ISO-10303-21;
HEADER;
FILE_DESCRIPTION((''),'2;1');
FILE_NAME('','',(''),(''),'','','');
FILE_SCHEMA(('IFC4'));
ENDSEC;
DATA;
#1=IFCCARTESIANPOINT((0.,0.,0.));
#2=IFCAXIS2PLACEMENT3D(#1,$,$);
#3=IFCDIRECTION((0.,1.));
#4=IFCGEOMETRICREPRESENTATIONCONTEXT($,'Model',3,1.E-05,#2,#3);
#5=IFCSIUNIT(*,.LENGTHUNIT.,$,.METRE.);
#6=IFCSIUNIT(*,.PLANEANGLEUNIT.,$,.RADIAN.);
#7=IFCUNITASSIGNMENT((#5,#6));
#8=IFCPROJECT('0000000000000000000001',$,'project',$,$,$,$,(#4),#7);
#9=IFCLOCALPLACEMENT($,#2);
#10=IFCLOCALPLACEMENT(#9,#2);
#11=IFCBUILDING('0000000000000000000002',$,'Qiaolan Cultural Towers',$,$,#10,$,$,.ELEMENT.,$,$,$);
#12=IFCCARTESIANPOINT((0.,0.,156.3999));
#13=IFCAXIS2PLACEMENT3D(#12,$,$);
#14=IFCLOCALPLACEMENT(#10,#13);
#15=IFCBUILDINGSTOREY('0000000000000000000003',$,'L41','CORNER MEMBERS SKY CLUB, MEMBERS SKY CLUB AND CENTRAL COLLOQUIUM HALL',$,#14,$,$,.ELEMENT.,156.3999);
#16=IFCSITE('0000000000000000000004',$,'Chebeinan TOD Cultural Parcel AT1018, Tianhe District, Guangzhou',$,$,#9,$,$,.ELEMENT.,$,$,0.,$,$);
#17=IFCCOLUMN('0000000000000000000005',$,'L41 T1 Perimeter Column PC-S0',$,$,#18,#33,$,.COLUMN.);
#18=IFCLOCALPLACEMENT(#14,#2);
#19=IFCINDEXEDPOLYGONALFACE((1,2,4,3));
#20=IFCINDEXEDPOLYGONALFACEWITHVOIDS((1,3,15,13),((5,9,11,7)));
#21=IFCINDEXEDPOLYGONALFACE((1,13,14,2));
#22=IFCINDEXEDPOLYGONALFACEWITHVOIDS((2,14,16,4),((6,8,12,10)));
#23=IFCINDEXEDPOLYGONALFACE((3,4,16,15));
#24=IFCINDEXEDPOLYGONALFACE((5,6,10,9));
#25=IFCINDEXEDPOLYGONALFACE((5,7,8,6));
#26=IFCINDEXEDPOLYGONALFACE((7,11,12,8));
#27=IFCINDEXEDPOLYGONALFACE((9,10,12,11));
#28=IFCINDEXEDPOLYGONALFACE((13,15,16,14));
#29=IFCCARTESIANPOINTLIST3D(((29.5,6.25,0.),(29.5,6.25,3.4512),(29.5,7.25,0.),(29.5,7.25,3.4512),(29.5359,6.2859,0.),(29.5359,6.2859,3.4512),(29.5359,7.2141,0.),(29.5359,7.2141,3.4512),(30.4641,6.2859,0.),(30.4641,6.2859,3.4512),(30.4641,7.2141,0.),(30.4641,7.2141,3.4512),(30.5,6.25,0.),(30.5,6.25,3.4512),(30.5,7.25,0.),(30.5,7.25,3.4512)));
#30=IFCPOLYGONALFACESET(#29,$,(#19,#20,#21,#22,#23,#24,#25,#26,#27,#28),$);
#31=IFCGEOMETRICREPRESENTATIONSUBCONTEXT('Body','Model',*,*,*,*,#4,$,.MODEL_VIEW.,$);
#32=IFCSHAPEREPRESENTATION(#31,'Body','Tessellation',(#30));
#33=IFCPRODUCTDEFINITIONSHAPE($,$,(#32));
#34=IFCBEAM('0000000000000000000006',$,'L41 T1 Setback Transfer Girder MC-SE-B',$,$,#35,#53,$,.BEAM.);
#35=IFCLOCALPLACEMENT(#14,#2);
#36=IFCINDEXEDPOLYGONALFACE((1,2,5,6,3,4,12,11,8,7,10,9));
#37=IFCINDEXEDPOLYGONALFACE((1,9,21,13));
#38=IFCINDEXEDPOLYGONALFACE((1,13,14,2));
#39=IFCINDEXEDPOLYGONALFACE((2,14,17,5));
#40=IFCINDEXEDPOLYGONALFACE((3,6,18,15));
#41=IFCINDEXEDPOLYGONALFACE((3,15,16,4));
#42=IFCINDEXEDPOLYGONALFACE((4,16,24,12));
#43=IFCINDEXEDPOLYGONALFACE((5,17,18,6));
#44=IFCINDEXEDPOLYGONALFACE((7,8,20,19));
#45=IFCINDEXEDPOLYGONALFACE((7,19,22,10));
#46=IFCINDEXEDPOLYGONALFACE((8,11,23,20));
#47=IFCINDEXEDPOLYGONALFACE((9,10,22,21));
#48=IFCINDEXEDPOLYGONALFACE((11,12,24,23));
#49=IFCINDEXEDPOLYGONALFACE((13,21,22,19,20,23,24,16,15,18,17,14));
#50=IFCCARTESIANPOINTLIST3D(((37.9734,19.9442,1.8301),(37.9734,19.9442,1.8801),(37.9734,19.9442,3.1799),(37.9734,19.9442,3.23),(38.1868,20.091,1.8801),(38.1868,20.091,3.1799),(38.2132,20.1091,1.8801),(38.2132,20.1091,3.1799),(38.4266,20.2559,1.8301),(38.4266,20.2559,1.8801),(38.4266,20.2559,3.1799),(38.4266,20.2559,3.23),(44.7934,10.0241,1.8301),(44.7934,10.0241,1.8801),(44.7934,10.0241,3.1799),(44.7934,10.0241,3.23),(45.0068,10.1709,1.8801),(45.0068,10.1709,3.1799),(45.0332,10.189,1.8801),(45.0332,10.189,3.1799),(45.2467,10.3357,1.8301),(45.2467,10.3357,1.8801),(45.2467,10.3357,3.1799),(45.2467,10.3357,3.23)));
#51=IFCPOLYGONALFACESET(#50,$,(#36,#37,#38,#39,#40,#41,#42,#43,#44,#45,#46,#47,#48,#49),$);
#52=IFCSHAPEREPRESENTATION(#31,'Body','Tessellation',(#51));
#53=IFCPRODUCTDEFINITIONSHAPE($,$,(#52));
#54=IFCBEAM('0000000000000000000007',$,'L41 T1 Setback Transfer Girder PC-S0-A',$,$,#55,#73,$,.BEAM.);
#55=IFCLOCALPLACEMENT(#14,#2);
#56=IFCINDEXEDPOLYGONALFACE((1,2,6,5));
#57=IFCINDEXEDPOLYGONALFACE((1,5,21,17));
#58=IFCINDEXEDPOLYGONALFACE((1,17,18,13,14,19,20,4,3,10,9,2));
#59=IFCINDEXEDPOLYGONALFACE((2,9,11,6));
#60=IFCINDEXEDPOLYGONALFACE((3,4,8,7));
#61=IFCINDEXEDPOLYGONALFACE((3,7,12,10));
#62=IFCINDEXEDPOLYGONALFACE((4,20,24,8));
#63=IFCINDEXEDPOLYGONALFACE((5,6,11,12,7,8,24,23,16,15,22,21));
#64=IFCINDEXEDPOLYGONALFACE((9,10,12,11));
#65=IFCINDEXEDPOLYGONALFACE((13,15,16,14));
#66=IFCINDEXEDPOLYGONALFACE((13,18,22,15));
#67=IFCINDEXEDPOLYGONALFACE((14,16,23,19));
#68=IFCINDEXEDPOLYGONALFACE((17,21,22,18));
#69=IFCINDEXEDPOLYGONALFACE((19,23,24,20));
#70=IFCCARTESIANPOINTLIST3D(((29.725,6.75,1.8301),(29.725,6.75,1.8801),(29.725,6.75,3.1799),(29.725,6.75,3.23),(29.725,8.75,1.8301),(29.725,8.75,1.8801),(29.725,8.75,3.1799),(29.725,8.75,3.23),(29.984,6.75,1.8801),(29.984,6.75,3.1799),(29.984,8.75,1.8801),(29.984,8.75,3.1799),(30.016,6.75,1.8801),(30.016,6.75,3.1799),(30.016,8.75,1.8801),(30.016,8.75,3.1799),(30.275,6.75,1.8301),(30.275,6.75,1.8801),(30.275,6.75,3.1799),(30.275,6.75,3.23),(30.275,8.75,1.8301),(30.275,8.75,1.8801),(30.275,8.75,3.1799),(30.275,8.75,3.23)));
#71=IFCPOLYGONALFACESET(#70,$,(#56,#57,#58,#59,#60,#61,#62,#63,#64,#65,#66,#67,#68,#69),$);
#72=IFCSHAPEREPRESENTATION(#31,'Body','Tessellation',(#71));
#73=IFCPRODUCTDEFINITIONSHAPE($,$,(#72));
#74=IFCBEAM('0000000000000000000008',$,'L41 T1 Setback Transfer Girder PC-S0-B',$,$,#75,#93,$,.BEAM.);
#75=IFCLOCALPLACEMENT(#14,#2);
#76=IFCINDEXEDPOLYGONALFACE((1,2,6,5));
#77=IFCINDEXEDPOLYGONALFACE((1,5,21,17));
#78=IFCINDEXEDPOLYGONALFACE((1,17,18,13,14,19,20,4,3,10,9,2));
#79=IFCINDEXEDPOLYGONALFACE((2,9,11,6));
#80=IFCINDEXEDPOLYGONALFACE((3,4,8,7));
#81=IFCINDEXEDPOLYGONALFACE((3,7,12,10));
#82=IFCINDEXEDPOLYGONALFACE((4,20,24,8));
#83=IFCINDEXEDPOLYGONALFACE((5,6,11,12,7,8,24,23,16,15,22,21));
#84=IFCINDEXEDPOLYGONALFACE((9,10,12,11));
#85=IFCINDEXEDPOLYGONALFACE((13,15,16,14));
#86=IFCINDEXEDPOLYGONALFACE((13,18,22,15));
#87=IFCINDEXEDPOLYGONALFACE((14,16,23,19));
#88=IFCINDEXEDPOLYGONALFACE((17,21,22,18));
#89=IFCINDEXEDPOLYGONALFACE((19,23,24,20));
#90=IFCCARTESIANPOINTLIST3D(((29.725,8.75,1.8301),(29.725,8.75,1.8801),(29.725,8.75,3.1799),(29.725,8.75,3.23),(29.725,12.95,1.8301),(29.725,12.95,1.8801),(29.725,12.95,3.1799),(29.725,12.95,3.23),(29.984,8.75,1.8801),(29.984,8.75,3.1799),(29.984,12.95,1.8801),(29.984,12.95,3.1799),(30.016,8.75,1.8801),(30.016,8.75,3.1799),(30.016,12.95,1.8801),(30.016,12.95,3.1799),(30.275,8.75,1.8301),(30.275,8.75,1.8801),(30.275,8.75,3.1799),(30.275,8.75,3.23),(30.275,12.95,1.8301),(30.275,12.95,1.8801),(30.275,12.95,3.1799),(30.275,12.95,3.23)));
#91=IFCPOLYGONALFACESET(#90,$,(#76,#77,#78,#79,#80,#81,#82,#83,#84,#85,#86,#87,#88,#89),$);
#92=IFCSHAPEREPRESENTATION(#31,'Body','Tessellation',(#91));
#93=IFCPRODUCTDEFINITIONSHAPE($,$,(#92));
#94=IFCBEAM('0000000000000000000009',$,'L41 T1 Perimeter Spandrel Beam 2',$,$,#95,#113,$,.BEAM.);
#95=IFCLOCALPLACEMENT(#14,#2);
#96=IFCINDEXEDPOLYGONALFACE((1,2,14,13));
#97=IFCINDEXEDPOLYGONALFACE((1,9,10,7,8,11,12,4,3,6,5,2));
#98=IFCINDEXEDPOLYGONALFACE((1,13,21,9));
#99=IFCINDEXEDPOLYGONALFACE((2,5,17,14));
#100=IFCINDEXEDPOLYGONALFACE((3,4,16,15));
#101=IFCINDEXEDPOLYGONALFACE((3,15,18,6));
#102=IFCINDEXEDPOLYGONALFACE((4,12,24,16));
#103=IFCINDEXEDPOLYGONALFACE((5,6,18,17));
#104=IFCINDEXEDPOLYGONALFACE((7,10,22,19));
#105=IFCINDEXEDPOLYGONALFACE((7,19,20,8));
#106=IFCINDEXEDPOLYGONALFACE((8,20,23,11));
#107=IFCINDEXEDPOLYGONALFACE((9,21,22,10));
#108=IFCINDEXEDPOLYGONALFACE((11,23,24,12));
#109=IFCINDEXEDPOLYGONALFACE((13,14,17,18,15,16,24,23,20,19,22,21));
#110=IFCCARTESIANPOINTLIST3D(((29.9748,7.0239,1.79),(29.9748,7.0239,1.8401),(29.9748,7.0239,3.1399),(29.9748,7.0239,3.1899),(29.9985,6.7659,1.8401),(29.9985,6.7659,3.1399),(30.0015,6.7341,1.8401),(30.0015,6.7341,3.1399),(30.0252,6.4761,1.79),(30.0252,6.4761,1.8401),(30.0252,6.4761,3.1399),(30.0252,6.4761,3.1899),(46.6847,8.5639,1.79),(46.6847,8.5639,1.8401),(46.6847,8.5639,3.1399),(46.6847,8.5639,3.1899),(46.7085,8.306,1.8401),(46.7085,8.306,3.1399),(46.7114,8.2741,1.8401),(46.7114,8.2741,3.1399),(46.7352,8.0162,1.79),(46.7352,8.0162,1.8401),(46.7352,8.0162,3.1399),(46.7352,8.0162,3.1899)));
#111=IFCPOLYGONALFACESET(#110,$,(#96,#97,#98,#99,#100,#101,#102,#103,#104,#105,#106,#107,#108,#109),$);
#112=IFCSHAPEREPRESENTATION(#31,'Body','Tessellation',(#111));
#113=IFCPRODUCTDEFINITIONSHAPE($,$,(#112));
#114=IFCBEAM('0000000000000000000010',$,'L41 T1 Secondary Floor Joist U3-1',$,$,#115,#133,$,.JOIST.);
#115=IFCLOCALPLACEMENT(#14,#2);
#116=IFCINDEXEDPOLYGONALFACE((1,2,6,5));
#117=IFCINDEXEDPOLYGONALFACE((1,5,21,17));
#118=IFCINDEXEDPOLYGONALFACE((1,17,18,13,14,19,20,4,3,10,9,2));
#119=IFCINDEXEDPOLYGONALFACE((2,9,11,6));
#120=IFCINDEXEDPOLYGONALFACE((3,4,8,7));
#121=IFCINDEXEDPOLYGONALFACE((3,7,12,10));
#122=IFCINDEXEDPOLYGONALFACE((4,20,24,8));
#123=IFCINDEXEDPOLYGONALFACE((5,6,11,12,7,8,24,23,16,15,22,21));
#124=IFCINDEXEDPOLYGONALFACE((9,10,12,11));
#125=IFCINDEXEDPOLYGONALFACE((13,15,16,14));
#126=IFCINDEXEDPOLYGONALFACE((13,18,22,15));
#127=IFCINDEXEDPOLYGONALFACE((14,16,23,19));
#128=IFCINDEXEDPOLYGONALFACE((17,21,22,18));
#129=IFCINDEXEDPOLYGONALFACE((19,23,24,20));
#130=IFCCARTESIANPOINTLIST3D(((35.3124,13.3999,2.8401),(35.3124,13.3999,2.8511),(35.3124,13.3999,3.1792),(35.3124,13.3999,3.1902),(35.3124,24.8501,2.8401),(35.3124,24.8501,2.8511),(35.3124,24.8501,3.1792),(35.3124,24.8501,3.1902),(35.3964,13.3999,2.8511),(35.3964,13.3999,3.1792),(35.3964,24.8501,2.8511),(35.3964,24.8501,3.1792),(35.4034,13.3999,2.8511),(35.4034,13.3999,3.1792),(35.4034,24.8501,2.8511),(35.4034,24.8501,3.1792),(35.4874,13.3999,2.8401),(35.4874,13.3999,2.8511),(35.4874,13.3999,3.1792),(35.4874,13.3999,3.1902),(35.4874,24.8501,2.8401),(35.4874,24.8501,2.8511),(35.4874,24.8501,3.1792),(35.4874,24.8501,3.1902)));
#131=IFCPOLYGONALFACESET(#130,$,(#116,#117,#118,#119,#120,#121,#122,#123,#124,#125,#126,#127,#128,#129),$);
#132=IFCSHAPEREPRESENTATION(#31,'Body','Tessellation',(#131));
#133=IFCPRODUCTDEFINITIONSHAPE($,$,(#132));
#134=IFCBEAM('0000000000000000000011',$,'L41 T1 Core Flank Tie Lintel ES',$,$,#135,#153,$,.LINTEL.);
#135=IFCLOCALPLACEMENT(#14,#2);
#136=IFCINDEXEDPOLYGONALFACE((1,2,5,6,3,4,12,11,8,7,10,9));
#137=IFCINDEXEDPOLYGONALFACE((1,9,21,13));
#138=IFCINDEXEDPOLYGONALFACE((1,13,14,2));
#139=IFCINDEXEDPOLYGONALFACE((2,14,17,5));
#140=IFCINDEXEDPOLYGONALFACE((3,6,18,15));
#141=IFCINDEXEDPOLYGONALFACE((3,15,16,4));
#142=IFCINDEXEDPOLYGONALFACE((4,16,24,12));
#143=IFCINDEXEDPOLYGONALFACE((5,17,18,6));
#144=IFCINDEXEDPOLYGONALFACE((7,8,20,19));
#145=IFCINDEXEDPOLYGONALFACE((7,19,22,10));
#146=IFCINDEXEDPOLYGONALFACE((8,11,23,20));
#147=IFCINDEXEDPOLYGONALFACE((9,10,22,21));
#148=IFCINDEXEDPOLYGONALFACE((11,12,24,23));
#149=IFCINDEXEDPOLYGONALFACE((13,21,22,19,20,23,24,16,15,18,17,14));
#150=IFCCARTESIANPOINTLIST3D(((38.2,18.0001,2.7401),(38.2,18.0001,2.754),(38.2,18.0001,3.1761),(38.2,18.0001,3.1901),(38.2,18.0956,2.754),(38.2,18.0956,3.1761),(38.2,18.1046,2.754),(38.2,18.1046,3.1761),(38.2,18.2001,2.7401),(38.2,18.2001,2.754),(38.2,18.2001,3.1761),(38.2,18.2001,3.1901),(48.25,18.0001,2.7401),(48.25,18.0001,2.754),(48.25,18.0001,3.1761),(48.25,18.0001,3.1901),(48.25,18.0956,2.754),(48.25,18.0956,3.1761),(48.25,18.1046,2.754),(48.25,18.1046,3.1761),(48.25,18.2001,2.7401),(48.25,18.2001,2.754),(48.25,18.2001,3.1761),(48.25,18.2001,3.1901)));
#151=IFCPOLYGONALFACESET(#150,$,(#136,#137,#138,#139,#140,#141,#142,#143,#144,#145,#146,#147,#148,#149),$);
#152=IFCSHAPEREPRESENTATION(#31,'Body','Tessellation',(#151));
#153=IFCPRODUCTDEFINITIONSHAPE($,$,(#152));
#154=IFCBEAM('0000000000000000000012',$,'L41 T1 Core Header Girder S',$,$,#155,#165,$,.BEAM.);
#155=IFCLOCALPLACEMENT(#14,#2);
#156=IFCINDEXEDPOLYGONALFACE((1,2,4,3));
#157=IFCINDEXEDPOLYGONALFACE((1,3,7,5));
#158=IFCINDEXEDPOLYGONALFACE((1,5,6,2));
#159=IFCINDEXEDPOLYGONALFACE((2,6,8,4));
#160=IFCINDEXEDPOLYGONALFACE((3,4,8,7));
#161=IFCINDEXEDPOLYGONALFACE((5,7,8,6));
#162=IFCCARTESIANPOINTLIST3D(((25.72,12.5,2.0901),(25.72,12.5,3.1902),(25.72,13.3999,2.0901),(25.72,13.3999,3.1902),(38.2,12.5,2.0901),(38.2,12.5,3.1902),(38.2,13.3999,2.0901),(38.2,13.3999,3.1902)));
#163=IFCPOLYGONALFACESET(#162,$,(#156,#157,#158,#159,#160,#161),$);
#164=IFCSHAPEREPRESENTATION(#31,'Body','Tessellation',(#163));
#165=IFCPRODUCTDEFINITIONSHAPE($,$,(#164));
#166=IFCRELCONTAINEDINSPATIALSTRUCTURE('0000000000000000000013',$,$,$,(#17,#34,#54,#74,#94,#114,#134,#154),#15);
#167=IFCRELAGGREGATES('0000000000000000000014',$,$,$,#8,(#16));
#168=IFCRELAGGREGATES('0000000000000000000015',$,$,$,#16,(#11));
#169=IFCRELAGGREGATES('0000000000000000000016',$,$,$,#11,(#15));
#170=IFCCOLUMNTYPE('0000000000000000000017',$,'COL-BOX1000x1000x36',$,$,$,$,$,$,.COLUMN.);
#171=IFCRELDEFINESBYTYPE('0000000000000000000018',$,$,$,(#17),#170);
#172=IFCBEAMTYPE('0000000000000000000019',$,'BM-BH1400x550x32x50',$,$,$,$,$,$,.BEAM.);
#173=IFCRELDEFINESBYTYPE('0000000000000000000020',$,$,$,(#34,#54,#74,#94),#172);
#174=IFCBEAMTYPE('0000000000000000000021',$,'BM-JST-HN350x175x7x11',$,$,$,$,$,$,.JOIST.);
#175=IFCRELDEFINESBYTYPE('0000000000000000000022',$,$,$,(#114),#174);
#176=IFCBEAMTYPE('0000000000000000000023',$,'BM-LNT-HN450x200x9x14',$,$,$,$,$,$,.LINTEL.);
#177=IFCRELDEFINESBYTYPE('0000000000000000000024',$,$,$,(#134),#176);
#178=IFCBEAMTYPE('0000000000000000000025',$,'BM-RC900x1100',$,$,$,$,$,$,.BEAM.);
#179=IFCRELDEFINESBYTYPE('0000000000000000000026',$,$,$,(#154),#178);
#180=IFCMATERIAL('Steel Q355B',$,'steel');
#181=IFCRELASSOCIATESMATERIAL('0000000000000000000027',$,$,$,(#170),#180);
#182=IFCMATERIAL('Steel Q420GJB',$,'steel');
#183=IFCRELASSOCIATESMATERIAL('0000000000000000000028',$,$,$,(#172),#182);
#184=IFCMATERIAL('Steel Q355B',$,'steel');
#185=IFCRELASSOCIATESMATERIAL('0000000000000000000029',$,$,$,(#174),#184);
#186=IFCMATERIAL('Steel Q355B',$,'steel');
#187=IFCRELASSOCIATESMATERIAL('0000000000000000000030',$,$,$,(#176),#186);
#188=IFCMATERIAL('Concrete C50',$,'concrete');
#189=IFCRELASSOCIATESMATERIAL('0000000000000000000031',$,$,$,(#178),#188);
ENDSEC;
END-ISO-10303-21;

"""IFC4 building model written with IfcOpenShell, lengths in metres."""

from ifc_helpers import new_model, si_unit, direction, frame, origin, origin_2d, place, context, subcontext, project, spatial, rectangle, hollow_rectangle, i_section, extrude, material, material_profile, profile_set, type_object, element, save


model = new_model("IFC4")

# Units and contexts
model_context = context("Model", 3, precision=1e-05, world=origin(), true_north=direction((0.0, 1.0)))
body_context = subcontext(model_context, "Body", "Model", "MODEL_VIEW")
ifc_project = project(units=[si_unit("LENGTHUNIT", "METRE"), si_unit("PLANEANGLEUNIT", "RADIAN")], contexts=[model_context])

# Site, building, storey
site_placement = place(None, origin())
site = spatial("IfcSite", under=ifc_project, at=site_placement, Name="Chebeinan TOD Cultural Parcel AT1018, Tianhe District, Guangzhou", CompositionType="ELEMENT", RefElevation=0.0)
building_placement = place(site_placement, origin())
building = spatial("IfcBuilding", under=site, at=building_placement, Name="Qiaolan Cultural Towers", CompositionType="ELEMENT")
storey_placement = place(building_placement, frame((0.0, 0.0, 156.3999)))
storey = spatial("IfcBuildingStorey", under=building, at=storey_placement, Name="L41", Description="CORNER MEMBERS SKY CLUB, MEMBERS SKY CLUB AND CENTRAL COLLOQUIUM HALL", CompositionType="ELEMENT", Elevation=156.3999)

# Column
ifc_material_1 = material(Name="Steel Q355B", Category="steel")
ifc_material_profile_1 = material_profile(ifc_material_1, hollow_rectangle(XDim=1.0, YDim=1.0, WallThickness=0.0359, at=origin_2d()), Name="BOX1000x1000x36")
ifc_profile_set_1 = profile_set([ifc_material_profile_1], Name="Steel Q355B")
column_type = type_object("IfcColumnType", Name="COL-BOX1000x1000x36", PredefinedType="COLUMN", material=ifc_profile_set_1)
column_placement = place(storey_placement, frame((30.0, 6.75, 0.0), z_axis=(0.0, 0.0, 1.0), x_axis=(1.0, 0.0, 0.0)))
element("IfcColumn", 1, at=column_placement, inside=storey, type_object=column_type, Name="L41 T1 Perimeter Column PC-S0", PredefinedType="COLUMN", context=body_context, shape_type="SweptSolid", body=[
    extrude(hollow_rectangle(XDim=1.0, YDim=1.0, WallThickness=0.0359, at=origin_2d()), origin(), (0.0, 0.0, 1.0), 3.4512),
])

# Beams
ifc_material_2 = material(Name="Steel Q420GJB", Category="steel")
ifc_material_profile_2 = material_profile(ifc_material_2, i_section(OverallWidth=0.55, OverallDepth=1.3999, WebThickness=0.032, FlangeThickness=0.05, at=origin_2d()), Name="BH1400x550x32x50")
ifc_profile_set_2 = profile_set([ifc_material_profile_2], Name="Steel Q420GJB")
beam_type_1 = type_object("IfcBeamType", Name="BM-BH1400x550x32x50", PredefinedType="BEAM", material=ifc_profile_set_2)
beam_1_placement = place(storey_placement, frame((45.02, 10.1799, 2.53), z_axis=(-0.566526, 0.824044, 0.0), x_axis=(-0.824044, -0.566526, 0.0)))
element("IfcBeam", 2, at=beam_1_placement, inside=storey, type_object=beam_type_1, Name="L41 T1 Setback Transfer Girder MC-SE-B", PredefinedType="BEAM", context=body_context, shape_type="SweptSolid", body=[
    extrude(i_section(OverallWidth=0.55, OverallDepth=1.3999, WebThickness=0.032, FlangeThickness=0.05, at=origin_2d()), origin(), (0.0, 0.0, 1.0), 12.0383),
])
beam_2_placement = place(storey_placement, frame((30.0, 6.75, 2.53), z_axis=(0.0, 1.0, 0.0), x_axis=(-1.0, 0.0, 0.0)))
element("IfcBeam", 3, at=beam_2_placement, inside=storey, type_object=beam_type_1, Name="L41 T1 Setback Transfer Girder PC-S0-A", PredefinedType="BEAM", context=body_context, shape_type="SweptSolid", body=[
    extrude(i_section(OverallWidth=0.55, OverallDepth=1.3999, WebThickness=0.032, FlangeThickness=0.05, at=origin_2d()), origin(), (0.0, 0.0, 1.0), 2.0),
])
beam_3_placement = place(storey_placement, frame((30.0, 8.75, 2.53), z_axis=(0.0, 1.0, 0.0), x_axis=(-1.0, 0.0, 0.0)))
element("IfcBeam", 4, at=beam_3_placement, inside=storey, type_object=beam_type_1, Name="L41 T1 Setback Transfer Girder PC-S0-B", PredefinedType="BEAM", context=body_context, shape_type="SweptSolid", body=[
    extrude(i_section(OverallWidth=0.55, OverallDepth=1.3999, WebThickness=0.032, FlangeThickness=0.05, at=origin_2d()), origin(), (0.0, 0.0, 1.0), 4.2),
])
beam_4_placement = place(storey_placement, frame((30.0, 6.75, 2.49), z_axis=(0.99578, 0.091774, 0.0), x_axis=(-0.091774, 0.99578, 0.0)))
element("IfcBeam", 5, at=beam_4_placement, inside=storey, type_object=beam_type_1, Name="L41 T1 Perimeter Spandrel Beam 2", PredefinedType="BEAM", context=body_context, shape_type="SweptSolid", body=[
    extrude(i_section(OverallWidth=0.55, OverallDepth=1.3999, WebThickness=0.032, FlangeThickness=0.05, at=origin_2d()), origin(), (0.0, 0.0, 1.0), 16.7808),
])
ifc_material_3 = material(Name="Steel Q355B", Category="steel")
ifc_material_profile_3 = material_profile(ifc_material_3, i_section(OverallWidth=0.175, OverallDepth=0.3501, WebThickness=0.0071, FlangeThickness=0.011, at=origin_2d()), Name="HN350x175x7x11")
ifc_profile_set_3 = profile_set([ifc_material_profile_3], Name="Steel Q355B")
beam_type_2 = type_object("IfcBeamType", Name="BM-JST-HN350x175x7x11", PredefinedType="JOIST", material=ifc_profile_set_3)
beam_5_placement = place(storey_placement, frame((35.3999, 13.3999, 3.0151), z_axis=(0.0, 1.0, 0.0), x_axis=(-1.0, 0.0, 0.0)))
element("IfcBeam", 6, at=beam_5_placement, inside=storey, type_object=beam_type_2, Name="L41 T1 Secondary Floor Joist U3-1", PredefinedType="JOIST", context=body_context, shape_type="SweptSolid", body=[
    extrude(i_section(OverallWidth=0.175, OverallDepth=0.3501, WebThickness=0.0071, FlangeThickness=0.011, at=origin_2d()), origin(), (0.0, 0.0, 1.0), 11.4502),
])
ifc_material_4 = material(Name="Steel Q355B", Category="steel")
ifc_material_profile_4 = material_profile(ifc_material_4, i_section(OverallWidth=0.2, OverallDepth=0.45, WebThickness=0.009, FlangeThickness=0.0139, at=origin_2d()), Name="HN450x200x9x14")
ifc_profile_set_4 = profile_set([ifc_material_profile_4], Name="Steel Q355B")
beam_type_3 = type_object("IfcBeamType", Name="BM-LNT-HN450x200x9x14", PredefinedType="LINTEL", material=ifc_profile_set_4)
beam_6_placement = place(storey_placement, frame((38.2, 18.1001, 2.9651), z_axis=(1.0, 0.0, 0.0), x_axis=(0.0, 1.0, 0.0)))
element("IfcBeam", 7, at=beam_6_placement, inside=storey, type_object=beam_type_3, Name="L41 T1 Core Flank Tie Lintel ES", PredefinedType="LINTEL", context=body_context, shape_type="SweptSolid", body=[
    extrude(i_section(OverallWidth=0.2, OverallDepth=0.45, WebThickness=0.009, FlangeThickness=0.0139, at=origin_2d()), origin(), (0.0, 0.0, 1.0), 10.05),
])
ifc_material_5 = material(Name="Concrete C50", Category="concrete")
ifc_material_profile_5 = material_profile(ifc_material_5, rectangle(XDim=0.8999, YDim=1.1001, at=origin_2d()), Name="RC900x1100")
ifc_profile_set_5 = profile_set([ifc_material_profile_5], Name="Concrete C50")
beam_type_4 = type_object("IfcBeamType", Name="BM-RC900x1100", PredefinedType="BEAM", material=ifc_profile_set_5)
beam_7_placement = place(storey_placement, frame((25.72, 12.95, 2.6401), z_axis=(1.0, 0.0, 0.0), x_axis=(0.0, 1.0, 0.0)))
element("IfcBeam", 8, at=beam_7_placement, inside=storey, type_object=beam_type_4, Name="L41 T1 Core Header Girder S", PredefinedType="BEAM", context=body_context, shape_type="SweptSolid", body=[
    extrude(rectangle(XDim=0.8999, YDim=1.1001, at=origin_2d()), origin(), (0.0, 0.0, 1.0), 12.48),
])

save(model, "model.ifc")
